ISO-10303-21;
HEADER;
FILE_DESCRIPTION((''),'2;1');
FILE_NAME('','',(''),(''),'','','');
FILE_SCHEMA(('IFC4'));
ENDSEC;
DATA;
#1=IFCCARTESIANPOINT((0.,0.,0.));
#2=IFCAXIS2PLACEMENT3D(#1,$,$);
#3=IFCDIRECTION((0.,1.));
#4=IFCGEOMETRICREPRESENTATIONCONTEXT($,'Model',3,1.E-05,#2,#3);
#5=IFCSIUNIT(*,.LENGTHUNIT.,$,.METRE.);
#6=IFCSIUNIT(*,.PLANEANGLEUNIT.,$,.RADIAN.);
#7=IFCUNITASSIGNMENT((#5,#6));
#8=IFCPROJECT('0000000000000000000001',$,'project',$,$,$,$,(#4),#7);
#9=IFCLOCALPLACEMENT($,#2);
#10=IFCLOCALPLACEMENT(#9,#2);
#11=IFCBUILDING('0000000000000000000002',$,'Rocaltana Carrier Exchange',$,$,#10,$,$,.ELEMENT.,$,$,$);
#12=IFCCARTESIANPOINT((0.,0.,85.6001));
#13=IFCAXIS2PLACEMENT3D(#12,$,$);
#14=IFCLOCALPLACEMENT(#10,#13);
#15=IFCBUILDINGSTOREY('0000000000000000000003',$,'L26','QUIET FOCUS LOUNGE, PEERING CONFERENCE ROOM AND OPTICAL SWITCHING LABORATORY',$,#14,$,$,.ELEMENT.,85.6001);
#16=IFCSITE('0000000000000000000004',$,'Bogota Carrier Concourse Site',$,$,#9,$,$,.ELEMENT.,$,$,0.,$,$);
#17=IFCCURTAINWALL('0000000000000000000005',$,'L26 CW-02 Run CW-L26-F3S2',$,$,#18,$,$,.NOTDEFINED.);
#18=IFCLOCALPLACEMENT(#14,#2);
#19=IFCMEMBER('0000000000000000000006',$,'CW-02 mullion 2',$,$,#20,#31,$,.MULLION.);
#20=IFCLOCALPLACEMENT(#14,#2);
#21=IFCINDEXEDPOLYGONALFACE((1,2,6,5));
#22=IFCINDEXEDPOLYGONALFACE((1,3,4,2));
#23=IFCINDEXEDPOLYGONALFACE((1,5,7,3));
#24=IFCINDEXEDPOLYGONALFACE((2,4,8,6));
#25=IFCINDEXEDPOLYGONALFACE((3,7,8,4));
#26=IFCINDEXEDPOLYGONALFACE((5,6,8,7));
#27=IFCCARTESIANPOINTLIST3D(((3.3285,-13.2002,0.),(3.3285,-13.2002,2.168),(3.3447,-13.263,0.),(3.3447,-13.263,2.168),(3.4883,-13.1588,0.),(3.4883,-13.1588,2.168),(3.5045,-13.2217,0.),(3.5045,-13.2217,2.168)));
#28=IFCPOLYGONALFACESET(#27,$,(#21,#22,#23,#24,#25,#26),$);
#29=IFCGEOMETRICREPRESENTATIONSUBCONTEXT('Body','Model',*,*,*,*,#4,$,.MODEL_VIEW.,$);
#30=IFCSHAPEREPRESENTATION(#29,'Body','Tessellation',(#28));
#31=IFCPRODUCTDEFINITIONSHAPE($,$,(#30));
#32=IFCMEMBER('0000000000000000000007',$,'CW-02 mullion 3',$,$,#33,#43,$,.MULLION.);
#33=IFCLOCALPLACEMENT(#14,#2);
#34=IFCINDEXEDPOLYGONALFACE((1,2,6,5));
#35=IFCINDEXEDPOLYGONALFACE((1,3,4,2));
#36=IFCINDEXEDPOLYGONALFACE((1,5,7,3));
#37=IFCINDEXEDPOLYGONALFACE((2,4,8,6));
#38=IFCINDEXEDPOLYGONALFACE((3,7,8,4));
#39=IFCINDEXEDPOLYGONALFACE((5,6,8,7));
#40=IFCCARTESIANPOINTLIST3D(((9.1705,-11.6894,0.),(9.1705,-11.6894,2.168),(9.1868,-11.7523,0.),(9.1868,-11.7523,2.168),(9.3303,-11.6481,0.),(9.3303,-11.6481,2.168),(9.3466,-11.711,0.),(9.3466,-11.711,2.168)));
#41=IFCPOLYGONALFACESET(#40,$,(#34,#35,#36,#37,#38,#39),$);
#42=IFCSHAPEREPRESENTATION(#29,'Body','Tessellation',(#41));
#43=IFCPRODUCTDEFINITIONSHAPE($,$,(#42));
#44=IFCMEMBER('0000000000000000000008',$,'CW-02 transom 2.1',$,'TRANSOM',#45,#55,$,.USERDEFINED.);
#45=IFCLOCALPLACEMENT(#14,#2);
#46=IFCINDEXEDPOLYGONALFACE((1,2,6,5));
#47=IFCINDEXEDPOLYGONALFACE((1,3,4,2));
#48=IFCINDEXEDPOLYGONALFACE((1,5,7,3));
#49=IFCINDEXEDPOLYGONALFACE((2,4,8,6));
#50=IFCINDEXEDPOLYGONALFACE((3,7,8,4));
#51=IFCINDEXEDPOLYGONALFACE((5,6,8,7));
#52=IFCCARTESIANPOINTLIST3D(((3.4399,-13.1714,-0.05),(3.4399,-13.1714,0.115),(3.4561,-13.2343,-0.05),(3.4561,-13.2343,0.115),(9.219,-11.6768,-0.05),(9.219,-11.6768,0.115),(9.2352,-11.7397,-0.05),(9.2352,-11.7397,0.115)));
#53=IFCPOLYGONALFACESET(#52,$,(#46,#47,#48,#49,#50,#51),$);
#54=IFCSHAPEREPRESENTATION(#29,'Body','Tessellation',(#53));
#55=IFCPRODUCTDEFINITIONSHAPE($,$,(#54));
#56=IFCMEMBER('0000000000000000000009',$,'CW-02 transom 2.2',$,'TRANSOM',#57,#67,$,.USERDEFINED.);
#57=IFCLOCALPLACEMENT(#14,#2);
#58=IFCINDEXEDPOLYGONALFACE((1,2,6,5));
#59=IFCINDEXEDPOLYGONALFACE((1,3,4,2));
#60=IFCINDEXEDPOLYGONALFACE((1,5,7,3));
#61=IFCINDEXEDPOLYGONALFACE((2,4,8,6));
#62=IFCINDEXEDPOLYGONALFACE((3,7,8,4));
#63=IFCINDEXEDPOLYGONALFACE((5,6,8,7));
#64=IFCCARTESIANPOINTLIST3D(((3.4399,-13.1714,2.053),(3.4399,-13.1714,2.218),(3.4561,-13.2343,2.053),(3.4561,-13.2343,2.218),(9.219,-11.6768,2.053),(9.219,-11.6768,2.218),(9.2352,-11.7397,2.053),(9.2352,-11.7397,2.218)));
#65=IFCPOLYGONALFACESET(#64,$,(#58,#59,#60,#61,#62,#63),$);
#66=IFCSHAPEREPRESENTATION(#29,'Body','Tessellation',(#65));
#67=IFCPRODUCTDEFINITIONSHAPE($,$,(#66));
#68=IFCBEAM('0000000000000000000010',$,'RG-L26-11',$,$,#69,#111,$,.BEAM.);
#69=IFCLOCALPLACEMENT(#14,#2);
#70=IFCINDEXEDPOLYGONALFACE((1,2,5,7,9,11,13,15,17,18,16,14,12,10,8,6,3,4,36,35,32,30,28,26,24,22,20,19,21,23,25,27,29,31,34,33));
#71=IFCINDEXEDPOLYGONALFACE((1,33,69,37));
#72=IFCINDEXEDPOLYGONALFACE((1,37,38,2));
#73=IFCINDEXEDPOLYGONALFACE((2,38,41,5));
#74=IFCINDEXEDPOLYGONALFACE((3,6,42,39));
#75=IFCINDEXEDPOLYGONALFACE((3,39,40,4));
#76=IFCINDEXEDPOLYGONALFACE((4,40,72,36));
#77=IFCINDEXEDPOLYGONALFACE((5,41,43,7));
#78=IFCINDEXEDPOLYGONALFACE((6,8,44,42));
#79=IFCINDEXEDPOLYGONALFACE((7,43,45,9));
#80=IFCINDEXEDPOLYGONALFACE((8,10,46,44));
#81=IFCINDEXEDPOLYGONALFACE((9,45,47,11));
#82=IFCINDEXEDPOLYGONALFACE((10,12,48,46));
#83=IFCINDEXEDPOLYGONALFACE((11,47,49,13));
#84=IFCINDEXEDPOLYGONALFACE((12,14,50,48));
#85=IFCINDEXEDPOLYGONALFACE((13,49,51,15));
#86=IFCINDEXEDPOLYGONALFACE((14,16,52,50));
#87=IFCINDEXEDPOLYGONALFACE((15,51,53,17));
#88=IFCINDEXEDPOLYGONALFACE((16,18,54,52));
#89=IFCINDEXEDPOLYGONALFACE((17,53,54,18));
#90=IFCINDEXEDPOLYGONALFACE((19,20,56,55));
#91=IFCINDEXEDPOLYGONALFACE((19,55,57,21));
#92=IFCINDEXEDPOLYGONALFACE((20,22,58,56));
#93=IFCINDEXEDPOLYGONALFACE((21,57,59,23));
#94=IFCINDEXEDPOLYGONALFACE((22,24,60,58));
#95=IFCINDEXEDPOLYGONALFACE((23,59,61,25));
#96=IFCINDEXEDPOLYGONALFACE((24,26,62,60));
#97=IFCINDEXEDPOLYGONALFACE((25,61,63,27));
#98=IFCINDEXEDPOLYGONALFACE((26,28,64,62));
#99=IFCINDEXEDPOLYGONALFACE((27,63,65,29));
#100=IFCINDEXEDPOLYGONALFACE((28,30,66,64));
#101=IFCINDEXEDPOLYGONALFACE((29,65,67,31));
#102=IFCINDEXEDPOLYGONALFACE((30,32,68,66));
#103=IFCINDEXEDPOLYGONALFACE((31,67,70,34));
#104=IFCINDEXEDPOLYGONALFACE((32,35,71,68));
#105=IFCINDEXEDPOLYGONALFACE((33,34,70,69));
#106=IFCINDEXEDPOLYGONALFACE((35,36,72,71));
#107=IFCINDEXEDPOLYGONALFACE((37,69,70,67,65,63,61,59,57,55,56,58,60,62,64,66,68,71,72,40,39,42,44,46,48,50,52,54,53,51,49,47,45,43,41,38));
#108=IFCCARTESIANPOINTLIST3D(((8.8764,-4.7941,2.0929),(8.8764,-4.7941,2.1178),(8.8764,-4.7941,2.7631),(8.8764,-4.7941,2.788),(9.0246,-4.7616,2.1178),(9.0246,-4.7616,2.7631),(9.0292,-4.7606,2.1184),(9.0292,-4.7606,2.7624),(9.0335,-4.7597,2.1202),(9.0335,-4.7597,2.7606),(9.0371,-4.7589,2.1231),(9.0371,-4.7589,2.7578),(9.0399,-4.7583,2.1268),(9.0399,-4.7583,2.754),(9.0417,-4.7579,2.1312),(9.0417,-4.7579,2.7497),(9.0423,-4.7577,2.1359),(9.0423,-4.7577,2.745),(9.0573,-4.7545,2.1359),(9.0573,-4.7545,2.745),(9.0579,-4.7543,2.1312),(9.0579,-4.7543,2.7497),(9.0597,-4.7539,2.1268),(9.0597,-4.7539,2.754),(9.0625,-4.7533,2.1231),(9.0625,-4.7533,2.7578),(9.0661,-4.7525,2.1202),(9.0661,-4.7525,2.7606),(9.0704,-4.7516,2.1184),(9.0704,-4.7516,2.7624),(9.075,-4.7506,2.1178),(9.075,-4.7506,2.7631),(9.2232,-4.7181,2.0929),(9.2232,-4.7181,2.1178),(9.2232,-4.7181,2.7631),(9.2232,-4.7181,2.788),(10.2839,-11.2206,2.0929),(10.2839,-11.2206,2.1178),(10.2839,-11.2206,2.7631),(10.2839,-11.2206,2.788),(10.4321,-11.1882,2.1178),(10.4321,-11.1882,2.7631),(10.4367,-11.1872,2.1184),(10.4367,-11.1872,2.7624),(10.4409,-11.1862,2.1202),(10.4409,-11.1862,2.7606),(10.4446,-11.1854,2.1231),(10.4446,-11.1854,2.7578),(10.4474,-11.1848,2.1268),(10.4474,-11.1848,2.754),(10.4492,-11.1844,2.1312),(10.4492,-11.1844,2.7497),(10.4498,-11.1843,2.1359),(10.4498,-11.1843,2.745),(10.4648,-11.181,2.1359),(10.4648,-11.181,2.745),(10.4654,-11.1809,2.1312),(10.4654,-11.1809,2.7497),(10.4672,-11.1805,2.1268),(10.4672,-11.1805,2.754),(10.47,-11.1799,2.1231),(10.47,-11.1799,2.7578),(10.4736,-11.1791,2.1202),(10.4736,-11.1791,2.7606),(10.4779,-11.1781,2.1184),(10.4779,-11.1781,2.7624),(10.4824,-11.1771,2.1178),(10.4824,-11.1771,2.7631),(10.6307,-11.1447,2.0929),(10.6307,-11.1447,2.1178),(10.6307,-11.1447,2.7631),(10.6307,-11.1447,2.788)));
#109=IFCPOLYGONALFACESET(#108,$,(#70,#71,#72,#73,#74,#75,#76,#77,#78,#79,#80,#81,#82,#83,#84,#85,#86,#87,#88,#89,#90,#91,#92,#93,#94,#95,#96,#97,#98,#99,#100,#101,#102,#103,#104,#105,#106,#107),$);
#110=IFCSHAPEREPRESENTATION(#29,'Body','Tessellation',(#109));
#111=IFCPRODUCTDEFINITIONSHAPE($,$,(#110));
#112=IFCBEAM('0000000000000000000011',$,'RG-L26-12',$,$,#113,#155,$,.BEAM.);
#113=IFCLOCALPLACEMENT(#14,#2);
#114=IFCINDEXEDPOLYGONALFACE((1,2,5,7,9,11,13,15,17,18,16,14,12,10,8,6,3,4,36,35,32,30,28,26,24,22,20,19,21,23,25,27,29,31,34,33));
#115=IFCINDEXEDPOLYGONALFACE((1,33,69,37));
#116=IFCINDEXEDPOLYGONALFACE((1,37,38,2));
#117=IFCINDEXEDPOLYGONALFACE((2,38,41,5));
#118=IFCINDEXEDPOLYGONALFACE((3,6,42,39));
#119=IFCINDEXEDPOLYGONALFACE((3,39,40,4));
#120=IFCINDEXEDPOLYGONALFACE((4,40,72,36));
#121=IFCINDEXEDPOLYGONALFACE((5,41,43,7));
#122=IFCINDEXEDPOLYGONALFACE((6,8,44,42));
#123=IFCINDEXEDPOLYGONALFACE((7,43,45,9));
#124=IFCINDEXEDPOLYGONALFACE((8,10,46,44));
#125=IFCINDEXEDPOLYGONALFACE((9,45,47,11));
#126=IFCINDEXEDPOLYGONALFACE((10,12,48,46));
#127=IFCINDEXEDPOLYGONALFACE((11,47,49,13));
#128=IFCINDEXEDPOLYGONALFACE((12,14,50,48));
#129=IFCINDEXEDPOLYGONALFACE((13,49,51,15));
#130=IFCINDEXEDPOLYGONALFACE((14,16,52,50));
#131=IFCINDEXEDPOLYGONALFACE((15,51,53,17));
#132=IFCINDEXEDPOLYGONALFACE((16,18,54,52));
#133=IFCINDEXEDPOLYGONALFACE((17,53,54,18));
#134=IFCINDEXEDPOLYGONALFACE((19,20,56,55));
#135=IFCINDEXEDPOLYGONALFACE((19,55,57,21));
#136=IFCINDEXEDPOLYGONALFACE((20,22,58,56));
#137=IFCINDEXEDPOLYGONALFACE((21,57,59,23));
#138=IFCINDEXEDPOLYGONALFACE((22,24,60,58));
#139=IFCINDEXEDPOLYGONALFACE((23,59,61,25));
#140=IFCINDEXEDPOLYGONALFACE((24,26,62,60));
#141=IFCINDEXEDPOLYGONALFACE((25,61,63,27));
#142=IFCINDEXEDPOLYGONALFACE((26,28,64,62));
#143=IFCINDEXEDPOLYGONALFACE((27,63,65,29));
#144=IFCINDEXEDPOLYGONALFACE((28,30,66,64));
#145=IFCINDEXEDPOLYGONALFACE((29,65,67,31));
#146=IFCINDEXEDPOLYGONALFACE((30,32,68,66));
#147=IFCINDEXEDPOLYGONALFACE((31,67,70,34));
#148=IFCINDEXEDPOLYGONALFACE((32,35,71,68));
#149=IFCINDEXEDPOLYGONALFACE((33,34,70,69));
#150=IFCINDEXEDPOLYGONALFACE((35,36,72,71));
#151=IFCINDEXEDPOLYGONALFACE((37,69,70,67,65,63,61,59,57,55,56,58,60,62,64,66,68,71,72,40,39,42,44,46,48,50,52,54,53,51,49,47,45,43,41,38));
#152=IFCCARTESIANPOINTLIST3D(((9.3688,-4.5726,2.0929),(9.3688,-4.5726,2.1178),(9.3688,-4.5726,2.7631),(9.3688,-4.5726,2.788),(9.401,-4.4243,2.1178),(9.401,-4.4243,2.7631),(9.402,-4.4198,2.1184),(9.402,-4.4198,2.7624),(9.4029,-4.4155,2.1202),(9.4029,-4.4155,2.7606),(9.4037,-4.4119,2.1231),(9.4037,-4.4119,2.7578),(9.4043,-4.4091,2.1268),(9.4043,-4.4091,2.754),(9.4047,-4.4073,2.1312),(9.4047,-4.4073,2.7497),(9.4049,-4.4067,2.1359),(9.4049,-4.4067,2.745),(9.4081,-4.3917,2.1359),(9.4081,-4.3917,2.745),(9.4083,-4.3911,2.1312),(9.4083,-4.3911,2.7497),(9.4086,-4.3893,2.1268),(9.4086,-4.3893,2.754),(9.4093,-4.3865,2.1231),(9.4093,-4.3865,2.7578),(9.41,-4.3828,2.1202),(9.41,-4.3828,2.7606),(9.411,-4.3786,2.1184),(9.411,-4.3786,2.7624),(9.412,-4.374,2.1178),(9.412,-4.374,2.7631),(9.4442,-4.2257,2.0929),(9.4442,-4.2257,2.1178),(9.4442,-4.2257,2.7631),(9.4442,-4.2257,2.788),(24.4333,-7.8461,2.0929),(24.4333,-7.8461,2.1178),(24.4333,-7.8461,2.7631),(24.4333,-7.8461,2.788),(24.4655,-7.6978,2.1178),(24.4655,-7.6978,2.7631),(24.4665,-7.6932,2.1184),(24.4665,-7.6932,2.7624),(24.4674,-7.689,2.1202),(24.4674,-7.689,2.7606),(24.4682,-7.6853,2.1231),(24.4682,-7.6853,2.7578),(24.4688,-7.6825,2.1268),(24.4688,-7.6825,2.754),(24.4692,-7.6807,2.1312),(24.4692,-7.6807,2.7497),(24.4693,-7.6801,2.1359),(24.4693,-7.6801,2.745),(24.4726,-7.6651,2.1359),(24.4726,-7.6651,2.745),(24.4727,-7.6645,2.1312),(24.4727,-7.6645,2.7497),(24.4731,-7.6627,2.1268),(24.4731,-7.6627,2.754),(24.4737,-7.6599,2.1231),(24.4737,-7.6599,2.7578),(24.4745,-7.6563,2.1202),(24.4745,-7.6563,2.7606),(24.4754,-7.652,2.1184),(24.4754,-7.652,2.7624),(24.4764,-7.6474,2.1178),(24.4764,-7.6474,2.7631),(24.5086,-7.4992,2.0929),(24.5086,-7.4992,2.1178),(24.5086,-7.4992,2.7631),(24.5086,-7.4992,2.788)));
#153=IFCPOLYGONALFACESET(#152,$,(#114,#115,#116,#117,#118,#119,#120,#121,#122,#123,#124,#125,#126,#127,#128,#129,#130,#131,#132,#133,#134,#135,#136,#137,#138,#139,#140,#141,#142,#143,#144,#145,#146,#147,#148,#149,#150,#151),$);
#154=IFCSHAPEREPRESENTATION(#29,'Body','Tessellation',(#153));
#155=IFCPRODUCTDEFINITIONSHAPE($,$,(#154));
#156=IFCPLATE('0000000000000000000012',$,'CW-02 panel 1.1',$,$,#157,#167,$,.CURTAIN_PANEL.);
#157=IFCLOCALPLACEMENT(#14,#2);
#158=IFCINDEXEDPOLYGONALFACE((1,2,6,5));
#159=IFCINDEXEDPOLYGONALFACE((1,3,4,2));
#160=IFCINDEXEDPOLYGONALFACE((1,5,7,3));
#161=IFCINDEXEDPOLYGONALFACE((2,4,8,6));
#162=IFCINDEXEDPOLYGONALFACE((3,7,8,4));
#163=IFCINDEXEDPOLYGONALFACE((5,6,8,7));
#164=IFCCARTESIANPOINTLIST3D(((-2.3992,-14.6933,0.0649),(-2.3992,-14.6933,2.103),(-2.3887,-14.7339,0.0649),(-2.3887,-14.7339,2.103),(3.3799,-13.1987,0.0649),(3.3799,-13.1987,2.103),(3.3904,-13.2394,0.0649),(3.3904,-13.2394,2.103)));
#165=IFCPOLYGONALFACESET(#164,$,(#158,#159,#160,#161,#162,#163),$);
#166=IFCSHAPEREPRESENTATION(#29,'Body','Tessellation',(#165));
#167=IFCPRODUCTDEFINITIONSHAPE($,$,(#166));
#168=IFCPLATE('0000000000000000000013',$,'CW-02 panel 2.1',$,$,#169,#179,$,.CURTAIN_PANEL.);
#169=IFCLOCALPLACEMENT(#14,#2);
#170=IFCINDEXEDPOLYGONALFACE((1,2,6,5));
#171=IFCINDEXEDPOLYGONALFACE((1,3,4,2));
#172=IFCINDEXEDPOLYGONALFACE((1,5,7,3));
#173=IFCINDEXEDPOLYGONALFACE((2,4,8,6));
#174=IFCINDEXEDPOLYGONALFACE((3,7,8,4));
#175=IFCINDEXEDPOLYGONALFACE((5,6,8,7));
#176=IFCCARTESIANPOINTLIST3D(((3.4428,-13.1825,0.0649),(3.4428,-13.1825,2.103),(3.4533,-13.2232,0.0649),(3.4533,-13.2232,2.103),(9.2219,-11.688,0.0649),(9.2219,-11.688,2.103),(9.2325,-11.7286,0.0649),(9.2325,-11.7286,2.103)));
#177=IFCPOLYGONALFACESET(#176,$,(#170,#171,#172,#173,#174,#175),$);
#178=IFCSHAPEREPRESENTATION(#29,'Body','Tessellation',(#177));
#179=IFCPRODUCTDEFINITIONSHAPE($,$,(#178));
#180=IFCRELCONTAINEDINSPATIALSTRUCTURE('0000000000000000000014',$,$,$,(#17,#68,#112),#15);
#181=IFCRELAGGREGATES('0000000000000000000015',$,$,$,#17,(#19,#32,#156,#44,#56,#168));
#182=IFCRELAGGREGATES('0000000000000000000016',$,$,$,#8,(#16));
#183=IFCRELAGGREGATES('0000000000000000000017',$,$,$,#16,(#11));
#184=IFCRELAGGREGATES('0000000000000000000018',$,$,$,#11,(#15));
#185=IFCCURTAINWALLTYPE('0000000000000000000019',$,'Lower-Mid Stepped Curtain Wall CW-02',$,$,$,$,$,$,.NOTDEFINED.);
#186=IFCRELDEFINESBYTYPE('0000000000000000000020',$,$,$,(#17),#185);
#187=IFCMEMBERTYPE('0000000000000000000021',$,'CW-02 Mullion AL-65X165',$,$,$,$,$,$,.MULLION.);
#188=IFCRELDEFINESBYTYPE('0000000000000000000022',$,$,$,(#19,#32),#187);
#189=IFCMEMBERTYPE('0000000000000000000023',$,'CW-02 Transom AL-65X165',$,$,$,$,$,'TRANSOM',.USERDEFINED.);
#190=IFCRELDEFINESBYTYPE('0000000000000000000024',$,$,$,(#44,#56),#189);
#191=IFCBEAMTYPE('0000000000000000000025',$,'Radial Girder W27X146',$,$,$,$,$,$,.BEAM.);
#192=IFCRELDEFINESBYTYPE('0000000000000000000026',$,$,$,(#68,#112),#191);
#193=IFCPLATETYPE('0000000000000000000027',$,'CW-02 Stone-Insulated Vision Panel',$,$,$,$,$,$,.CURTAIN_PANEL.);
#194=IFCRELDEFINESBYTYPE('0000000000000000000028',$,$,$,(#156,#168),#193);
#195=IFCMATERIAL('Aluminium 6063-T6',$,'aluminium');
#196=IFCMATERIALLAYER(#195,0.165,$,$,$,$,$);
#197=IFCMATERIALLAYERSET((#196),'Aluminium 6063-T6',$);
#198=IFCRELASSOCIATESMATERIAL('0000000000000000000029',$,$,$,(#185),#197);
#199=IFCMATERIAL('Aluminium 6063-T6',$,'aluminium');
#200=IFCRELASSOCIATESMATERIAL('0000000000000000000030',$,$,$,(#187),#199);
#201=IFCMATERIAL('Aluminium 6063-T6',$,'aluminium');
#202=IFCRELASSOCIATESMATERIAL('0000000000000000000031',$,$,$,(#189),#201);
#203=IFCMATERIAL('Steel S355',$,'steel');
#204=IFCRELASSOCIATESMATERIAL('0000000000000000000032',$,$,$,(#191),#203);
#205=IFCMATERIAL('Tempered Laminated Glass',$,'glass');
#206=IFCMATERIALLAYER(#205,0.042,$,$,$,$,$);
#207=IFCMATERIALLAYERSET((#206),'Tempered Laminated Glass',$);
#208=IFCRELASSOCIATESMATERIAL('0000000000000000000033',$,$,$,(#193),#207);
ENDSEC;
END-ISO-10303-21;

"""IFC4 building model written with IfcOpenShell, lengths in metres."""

from ifc_helpers import new_model, si_unit, direction, frame, origin, origin_2d, place, context, subcontext, project, spatial, rectangle, i_section, extrude, material, layer, layer_set, material_profile, profile_set, type_object, element, aggregate, save


model = new_model("IFC4")

# Units and contexts
model_context = context("Model", 3, precision=1e-05, world=origin(), true_north=direction((0.0, 1.0)))
body_context = subcontext(model_context, "Body", "Model", "MODEL_VIEW")
ifc_project = project(units=[si_unit("LENGTHUNIT", "METRE"), si_unit("PLANEANGLEUNIT", "RADIAN")], contexts=[model_context])

# Site, building, storey
site_placement = place(None, origin())
site = spatial("IfcSite", under=ifc_project, at=site_placement, Name="Bogota Carrier Concourse Site", CompositionType="ELEMENT", RefElevation=0.0)
building_placement = place(site_placement, origin())
building = spatial("IfcBuilding", under=site, at=building_placement, Name="Rocaltana Carrier Exchange", CompositionType="ELEMENT")
storey_placement = place(building_placement, frame((0.0, 0.0, 85.6001)))
storey = spatial("IfcBuildingStorey", under=building, at=storey_placement, Name="L26", Description="QUIET FOCUS LOUNGE, PEERING CONFERENCE ROOM AND OPTICAL SWITCHING LABORATORY", CompositionType="ELEMENT", Elevation=85.6001)

# Curtain wall, members
ifc_material_1 = material(Name="Aluminium 6063-T6", Category="aluminium")
ifc_layer_1 = layer(ifc_material_1, 0.165)
ifc_layer_set_1 = layer_set([ifc_layer_1], Name="Aluminium 6063-T6")
curtain_wall_type = type_object("IfcCurtainWallType", Name="Lower-Mid Stepped Curtain Wall CW-02", PredefinedType="NOTDEFINED", material=ifc_layer_set_1)
curtain_wall_placement = place(storey_placement, origin())
curtain_wall = element("IfcCurtainWall", 1, at=curtain_wall_placement, inside=storey, type_object=curtain_wall_type, Name="L26 CW-02 Run CW-L26-F3S2", PredefinedType="NOTDEFINED")
ifc_material_2 = material(Name="Aluminium 6063-T6", Category="aluminium")
ifc_material_profile_1 = material_profile(ifc_material_2, rectangle(XDim=0.0649, YDim=0.165, at=origin_2d()), Name="AL-65X165")
ifc_profile_set_1 = profile_set([ifc_material_profile_1], Name="Aluminium 6063-T6")
member_type_1 = type_object("IfcMemberType", Name="CW-02 Mullion AL-65X165", PredefinedType="MULLION", material=ifc_profile_set_1)
member_1_placement = place(storey_placement, frame((3.4165, -13.2109, 0.0), z_axis=(0.0, 0.0, 1.0), x_axis=(-0.250378, 0.968148, 0.0)))
member_1 = element("IfcMember", 2, at=member_1_placement, type_object=member_type_1, Name="CW-02 mullion 2", PredefinedType="MULLION", context=body_context, shape_type="SweptSolid", body=[
    extrude(rectangle(XDim=0.0649, YDim=0.165, at=origin_2d()), origin(), (0.0, 0.0, 1.0), 2.168),
])
member_2_placement = place(storey_placement, frame((9.2585, -11.7002, 0.0), z_axis=(0.0, 0.0, 1.0), x_axis=(-0.250378, 0.968148, 0.0)))
member_2 = element("IfcMember", 3, at=member_2_placement, type_object=member_type_1, Name="CW-02 mullion 3", PredefinedType="MULLION", context=body_context, shape_type="SweptSolid", body=[
    extrude(rectangle(XDim=0.0649, YDim=0.165, at=origin_2d()), origin(), (0.0, 0.0, 1.0), 2.168),
])
ifc_material_3 = material(Name="Aluminium 6063-T6", Category="aluminium")
ifc_material_profile_2 = material_profile(ifc_material_3, rectangle(XDim=0.0649, YDim=0.165, at=origin_2d()), Name="AL-65X165")
ifc_profile_set_2 = profile_set([ifc_material_profile_2], Name="Aluminium 6063-T6")
member_type_2 = type_object("IfcMemberType", Name="CW-02 Transom AL-65X165", ElementType="TRANSOM", PredefinedType="USERDEFINED", material=ifc_profile_set_2)
member_3_placement = place(storey_placement, frame((3.448, -13.2029, 0.0325), z_axis=(0.968145, 0.25039, 0.0), x_axis=(-0.25039, 0.968145, 0.0)))
member_3 = element("IfcMember", 4, at=member_3_placement, type_object=member_type_2, Name="CW-02 transom 2.1", ObjectType="TRANSOM", PredefinedType="USERDEFINED", context=body_context, shape_type="SweptSolid", body=[
    extrude(rectangle(XDim=0.0649, YDim=0.165, at=origin_2d()), origin(), (0.0, 0.0, 1.0), 5.9692),
])
member_4_placement = place(storey_placement, frame((3.448, -13.2029, 2.1355), z_axis=(0.968145, 0.25039, 0.0), x_axis=(-0.25039, 0.968145, 0.0)))
member_4 = element("IfcMember", 5, at=member_4_placement, type_object=member_type_2, Name="CW-02 transom 2.2", ObjectType="TRANSOM", PredefinedType="USERDEFINED", context=body_context, shape_type="SweptSolid", body=[
    extrude(rectangle(XDim=0.0649, YDim=0.165, at=origin_2d()), origin(), (0.0, 0.0, 1.0), 5.9692),
])

# Beams
ifc_material_4 = material(Name="Steel S355", Category="steel")
ifc_material_profile_3 = material_profile(ifc_material_4, i_section(OverallWidth=0.355, OverallDepth=0.6951, WebThickness=0.0154, FlangeThickness=0.0249, FilletRadius=0.0181, at=origin_2d()), Name="W27X146")
ifc_profile_set_3 = profile_set([ifc_material_profile_3], Name="Steel S355")
beam_type = type_object("IfcBeamType", Name="Radial Girder W27X146", PredefinedType="BEAM", material=ifc_profile_set_3)
beam_1_placement = place(storey_placement, frame((9.0498, -4.7561, 2.4404), z_axis=(0.213939, -0.976847, 0.0), x_axis=(0.976847, 0.213939, 0.0)))
element("IfcBeam", 6, at=beam_1_placement, inside=storey, type_object=beam_type, Name="RG-L26-11", PredefinedType="BEAM", context=body_context, shape_type="SweptSolid", body=[
    extrude(i_section(OverallWidth=0.355, OverallDepth=0.6951, WebThickness=0.0154, FlangeThickness=0.0249, FilletRadius=0.0181, at=origin_2d()), origin(), (0.0, 0.0, 1.0), 6.5789),
])
beam_2_placement = place(storey_placement, frame((9.4065, -4.3992, 2.4404), z_axis=(0.977196, -0.21234, 0.0), x_axis=(0.21234, 0.977196, 0.0)))
element("IfcBeam", 7, at=beam_2_placement, inside=storey, type_object=beam_type, Name="RG-L26-12", PredefinedType="BEAM", context=body_context, shape_type="SweptSolid", body=[
    extrude(i_section(OverallWidth=0.355, OverallDepth=0.6951, WebThickness=0.0154, FlangeThickness=0.0249, FilletRadius=0.0181, at=origin_2d()), origin(), (0.0, 0.0, 1.0), 15.416),
])

# Plates
ifc_material_5 = material(Name="Tempered Laminated Glass", Category="glass")
ifc_layer_2 = layer(ifc_material_5, 0.042)
ifc_layer_set_2 = layer_set([ifc_layer_2], Name="Tempered Laminated Glass")
plate_type = type_object("IfcPlateType", Name="CW-02 Stone-Insulated Vision Panel", PredefinedType="CURTAIN_PANEL", material=ifc_layer_set_2)
plate_1_placement = place(storey_placement, frame((0.4956, -13.9663, 0.0649), z_axis=(0.0, 0.0, 1.0), x_axis=(0.968148, 0.250378, 0.0)))
plate_1 = element("IfcPlate", 8, at=plate_1_placement, type_object=plate_type, Name="CW-02 panel 1.1", PredefinedType="CURTAIN_PANEL", context=body_context, shape_type="SweptSolid", body=[
    extrude(rectangle(XDim=5.9692, YDim=0.042, at=origin_2d()), origin(), (0.0, 0.0, 1.0), 2.0381),
])
plate_2_placement = place(storey_placement, frame((6.3376, -12.4556, 0.0649), z_axis=(0.0, 0.0, 1.0), x_axis=(0.968148, 0.250378, 0.0)))
plate_2 = element("IfcPlate", 9, at=plate_2_placement, type_object=plate_type, Name="CW-02 panel 2.1", PredefinedType="CURTAIN_PANEL", context=body_context, shape_type="SweptSolid", body=[
    extrude(rectangle(XDim=5.9692, YDim=0.042, at=origin_2d()), origin(), (0.0, 0.0, 1.0), 2.0381),
])
aggregate(curtain_wall, [member_1, member_2, plate_1, member_3, member_4, plate_2])

save(model, "model.ifc")
